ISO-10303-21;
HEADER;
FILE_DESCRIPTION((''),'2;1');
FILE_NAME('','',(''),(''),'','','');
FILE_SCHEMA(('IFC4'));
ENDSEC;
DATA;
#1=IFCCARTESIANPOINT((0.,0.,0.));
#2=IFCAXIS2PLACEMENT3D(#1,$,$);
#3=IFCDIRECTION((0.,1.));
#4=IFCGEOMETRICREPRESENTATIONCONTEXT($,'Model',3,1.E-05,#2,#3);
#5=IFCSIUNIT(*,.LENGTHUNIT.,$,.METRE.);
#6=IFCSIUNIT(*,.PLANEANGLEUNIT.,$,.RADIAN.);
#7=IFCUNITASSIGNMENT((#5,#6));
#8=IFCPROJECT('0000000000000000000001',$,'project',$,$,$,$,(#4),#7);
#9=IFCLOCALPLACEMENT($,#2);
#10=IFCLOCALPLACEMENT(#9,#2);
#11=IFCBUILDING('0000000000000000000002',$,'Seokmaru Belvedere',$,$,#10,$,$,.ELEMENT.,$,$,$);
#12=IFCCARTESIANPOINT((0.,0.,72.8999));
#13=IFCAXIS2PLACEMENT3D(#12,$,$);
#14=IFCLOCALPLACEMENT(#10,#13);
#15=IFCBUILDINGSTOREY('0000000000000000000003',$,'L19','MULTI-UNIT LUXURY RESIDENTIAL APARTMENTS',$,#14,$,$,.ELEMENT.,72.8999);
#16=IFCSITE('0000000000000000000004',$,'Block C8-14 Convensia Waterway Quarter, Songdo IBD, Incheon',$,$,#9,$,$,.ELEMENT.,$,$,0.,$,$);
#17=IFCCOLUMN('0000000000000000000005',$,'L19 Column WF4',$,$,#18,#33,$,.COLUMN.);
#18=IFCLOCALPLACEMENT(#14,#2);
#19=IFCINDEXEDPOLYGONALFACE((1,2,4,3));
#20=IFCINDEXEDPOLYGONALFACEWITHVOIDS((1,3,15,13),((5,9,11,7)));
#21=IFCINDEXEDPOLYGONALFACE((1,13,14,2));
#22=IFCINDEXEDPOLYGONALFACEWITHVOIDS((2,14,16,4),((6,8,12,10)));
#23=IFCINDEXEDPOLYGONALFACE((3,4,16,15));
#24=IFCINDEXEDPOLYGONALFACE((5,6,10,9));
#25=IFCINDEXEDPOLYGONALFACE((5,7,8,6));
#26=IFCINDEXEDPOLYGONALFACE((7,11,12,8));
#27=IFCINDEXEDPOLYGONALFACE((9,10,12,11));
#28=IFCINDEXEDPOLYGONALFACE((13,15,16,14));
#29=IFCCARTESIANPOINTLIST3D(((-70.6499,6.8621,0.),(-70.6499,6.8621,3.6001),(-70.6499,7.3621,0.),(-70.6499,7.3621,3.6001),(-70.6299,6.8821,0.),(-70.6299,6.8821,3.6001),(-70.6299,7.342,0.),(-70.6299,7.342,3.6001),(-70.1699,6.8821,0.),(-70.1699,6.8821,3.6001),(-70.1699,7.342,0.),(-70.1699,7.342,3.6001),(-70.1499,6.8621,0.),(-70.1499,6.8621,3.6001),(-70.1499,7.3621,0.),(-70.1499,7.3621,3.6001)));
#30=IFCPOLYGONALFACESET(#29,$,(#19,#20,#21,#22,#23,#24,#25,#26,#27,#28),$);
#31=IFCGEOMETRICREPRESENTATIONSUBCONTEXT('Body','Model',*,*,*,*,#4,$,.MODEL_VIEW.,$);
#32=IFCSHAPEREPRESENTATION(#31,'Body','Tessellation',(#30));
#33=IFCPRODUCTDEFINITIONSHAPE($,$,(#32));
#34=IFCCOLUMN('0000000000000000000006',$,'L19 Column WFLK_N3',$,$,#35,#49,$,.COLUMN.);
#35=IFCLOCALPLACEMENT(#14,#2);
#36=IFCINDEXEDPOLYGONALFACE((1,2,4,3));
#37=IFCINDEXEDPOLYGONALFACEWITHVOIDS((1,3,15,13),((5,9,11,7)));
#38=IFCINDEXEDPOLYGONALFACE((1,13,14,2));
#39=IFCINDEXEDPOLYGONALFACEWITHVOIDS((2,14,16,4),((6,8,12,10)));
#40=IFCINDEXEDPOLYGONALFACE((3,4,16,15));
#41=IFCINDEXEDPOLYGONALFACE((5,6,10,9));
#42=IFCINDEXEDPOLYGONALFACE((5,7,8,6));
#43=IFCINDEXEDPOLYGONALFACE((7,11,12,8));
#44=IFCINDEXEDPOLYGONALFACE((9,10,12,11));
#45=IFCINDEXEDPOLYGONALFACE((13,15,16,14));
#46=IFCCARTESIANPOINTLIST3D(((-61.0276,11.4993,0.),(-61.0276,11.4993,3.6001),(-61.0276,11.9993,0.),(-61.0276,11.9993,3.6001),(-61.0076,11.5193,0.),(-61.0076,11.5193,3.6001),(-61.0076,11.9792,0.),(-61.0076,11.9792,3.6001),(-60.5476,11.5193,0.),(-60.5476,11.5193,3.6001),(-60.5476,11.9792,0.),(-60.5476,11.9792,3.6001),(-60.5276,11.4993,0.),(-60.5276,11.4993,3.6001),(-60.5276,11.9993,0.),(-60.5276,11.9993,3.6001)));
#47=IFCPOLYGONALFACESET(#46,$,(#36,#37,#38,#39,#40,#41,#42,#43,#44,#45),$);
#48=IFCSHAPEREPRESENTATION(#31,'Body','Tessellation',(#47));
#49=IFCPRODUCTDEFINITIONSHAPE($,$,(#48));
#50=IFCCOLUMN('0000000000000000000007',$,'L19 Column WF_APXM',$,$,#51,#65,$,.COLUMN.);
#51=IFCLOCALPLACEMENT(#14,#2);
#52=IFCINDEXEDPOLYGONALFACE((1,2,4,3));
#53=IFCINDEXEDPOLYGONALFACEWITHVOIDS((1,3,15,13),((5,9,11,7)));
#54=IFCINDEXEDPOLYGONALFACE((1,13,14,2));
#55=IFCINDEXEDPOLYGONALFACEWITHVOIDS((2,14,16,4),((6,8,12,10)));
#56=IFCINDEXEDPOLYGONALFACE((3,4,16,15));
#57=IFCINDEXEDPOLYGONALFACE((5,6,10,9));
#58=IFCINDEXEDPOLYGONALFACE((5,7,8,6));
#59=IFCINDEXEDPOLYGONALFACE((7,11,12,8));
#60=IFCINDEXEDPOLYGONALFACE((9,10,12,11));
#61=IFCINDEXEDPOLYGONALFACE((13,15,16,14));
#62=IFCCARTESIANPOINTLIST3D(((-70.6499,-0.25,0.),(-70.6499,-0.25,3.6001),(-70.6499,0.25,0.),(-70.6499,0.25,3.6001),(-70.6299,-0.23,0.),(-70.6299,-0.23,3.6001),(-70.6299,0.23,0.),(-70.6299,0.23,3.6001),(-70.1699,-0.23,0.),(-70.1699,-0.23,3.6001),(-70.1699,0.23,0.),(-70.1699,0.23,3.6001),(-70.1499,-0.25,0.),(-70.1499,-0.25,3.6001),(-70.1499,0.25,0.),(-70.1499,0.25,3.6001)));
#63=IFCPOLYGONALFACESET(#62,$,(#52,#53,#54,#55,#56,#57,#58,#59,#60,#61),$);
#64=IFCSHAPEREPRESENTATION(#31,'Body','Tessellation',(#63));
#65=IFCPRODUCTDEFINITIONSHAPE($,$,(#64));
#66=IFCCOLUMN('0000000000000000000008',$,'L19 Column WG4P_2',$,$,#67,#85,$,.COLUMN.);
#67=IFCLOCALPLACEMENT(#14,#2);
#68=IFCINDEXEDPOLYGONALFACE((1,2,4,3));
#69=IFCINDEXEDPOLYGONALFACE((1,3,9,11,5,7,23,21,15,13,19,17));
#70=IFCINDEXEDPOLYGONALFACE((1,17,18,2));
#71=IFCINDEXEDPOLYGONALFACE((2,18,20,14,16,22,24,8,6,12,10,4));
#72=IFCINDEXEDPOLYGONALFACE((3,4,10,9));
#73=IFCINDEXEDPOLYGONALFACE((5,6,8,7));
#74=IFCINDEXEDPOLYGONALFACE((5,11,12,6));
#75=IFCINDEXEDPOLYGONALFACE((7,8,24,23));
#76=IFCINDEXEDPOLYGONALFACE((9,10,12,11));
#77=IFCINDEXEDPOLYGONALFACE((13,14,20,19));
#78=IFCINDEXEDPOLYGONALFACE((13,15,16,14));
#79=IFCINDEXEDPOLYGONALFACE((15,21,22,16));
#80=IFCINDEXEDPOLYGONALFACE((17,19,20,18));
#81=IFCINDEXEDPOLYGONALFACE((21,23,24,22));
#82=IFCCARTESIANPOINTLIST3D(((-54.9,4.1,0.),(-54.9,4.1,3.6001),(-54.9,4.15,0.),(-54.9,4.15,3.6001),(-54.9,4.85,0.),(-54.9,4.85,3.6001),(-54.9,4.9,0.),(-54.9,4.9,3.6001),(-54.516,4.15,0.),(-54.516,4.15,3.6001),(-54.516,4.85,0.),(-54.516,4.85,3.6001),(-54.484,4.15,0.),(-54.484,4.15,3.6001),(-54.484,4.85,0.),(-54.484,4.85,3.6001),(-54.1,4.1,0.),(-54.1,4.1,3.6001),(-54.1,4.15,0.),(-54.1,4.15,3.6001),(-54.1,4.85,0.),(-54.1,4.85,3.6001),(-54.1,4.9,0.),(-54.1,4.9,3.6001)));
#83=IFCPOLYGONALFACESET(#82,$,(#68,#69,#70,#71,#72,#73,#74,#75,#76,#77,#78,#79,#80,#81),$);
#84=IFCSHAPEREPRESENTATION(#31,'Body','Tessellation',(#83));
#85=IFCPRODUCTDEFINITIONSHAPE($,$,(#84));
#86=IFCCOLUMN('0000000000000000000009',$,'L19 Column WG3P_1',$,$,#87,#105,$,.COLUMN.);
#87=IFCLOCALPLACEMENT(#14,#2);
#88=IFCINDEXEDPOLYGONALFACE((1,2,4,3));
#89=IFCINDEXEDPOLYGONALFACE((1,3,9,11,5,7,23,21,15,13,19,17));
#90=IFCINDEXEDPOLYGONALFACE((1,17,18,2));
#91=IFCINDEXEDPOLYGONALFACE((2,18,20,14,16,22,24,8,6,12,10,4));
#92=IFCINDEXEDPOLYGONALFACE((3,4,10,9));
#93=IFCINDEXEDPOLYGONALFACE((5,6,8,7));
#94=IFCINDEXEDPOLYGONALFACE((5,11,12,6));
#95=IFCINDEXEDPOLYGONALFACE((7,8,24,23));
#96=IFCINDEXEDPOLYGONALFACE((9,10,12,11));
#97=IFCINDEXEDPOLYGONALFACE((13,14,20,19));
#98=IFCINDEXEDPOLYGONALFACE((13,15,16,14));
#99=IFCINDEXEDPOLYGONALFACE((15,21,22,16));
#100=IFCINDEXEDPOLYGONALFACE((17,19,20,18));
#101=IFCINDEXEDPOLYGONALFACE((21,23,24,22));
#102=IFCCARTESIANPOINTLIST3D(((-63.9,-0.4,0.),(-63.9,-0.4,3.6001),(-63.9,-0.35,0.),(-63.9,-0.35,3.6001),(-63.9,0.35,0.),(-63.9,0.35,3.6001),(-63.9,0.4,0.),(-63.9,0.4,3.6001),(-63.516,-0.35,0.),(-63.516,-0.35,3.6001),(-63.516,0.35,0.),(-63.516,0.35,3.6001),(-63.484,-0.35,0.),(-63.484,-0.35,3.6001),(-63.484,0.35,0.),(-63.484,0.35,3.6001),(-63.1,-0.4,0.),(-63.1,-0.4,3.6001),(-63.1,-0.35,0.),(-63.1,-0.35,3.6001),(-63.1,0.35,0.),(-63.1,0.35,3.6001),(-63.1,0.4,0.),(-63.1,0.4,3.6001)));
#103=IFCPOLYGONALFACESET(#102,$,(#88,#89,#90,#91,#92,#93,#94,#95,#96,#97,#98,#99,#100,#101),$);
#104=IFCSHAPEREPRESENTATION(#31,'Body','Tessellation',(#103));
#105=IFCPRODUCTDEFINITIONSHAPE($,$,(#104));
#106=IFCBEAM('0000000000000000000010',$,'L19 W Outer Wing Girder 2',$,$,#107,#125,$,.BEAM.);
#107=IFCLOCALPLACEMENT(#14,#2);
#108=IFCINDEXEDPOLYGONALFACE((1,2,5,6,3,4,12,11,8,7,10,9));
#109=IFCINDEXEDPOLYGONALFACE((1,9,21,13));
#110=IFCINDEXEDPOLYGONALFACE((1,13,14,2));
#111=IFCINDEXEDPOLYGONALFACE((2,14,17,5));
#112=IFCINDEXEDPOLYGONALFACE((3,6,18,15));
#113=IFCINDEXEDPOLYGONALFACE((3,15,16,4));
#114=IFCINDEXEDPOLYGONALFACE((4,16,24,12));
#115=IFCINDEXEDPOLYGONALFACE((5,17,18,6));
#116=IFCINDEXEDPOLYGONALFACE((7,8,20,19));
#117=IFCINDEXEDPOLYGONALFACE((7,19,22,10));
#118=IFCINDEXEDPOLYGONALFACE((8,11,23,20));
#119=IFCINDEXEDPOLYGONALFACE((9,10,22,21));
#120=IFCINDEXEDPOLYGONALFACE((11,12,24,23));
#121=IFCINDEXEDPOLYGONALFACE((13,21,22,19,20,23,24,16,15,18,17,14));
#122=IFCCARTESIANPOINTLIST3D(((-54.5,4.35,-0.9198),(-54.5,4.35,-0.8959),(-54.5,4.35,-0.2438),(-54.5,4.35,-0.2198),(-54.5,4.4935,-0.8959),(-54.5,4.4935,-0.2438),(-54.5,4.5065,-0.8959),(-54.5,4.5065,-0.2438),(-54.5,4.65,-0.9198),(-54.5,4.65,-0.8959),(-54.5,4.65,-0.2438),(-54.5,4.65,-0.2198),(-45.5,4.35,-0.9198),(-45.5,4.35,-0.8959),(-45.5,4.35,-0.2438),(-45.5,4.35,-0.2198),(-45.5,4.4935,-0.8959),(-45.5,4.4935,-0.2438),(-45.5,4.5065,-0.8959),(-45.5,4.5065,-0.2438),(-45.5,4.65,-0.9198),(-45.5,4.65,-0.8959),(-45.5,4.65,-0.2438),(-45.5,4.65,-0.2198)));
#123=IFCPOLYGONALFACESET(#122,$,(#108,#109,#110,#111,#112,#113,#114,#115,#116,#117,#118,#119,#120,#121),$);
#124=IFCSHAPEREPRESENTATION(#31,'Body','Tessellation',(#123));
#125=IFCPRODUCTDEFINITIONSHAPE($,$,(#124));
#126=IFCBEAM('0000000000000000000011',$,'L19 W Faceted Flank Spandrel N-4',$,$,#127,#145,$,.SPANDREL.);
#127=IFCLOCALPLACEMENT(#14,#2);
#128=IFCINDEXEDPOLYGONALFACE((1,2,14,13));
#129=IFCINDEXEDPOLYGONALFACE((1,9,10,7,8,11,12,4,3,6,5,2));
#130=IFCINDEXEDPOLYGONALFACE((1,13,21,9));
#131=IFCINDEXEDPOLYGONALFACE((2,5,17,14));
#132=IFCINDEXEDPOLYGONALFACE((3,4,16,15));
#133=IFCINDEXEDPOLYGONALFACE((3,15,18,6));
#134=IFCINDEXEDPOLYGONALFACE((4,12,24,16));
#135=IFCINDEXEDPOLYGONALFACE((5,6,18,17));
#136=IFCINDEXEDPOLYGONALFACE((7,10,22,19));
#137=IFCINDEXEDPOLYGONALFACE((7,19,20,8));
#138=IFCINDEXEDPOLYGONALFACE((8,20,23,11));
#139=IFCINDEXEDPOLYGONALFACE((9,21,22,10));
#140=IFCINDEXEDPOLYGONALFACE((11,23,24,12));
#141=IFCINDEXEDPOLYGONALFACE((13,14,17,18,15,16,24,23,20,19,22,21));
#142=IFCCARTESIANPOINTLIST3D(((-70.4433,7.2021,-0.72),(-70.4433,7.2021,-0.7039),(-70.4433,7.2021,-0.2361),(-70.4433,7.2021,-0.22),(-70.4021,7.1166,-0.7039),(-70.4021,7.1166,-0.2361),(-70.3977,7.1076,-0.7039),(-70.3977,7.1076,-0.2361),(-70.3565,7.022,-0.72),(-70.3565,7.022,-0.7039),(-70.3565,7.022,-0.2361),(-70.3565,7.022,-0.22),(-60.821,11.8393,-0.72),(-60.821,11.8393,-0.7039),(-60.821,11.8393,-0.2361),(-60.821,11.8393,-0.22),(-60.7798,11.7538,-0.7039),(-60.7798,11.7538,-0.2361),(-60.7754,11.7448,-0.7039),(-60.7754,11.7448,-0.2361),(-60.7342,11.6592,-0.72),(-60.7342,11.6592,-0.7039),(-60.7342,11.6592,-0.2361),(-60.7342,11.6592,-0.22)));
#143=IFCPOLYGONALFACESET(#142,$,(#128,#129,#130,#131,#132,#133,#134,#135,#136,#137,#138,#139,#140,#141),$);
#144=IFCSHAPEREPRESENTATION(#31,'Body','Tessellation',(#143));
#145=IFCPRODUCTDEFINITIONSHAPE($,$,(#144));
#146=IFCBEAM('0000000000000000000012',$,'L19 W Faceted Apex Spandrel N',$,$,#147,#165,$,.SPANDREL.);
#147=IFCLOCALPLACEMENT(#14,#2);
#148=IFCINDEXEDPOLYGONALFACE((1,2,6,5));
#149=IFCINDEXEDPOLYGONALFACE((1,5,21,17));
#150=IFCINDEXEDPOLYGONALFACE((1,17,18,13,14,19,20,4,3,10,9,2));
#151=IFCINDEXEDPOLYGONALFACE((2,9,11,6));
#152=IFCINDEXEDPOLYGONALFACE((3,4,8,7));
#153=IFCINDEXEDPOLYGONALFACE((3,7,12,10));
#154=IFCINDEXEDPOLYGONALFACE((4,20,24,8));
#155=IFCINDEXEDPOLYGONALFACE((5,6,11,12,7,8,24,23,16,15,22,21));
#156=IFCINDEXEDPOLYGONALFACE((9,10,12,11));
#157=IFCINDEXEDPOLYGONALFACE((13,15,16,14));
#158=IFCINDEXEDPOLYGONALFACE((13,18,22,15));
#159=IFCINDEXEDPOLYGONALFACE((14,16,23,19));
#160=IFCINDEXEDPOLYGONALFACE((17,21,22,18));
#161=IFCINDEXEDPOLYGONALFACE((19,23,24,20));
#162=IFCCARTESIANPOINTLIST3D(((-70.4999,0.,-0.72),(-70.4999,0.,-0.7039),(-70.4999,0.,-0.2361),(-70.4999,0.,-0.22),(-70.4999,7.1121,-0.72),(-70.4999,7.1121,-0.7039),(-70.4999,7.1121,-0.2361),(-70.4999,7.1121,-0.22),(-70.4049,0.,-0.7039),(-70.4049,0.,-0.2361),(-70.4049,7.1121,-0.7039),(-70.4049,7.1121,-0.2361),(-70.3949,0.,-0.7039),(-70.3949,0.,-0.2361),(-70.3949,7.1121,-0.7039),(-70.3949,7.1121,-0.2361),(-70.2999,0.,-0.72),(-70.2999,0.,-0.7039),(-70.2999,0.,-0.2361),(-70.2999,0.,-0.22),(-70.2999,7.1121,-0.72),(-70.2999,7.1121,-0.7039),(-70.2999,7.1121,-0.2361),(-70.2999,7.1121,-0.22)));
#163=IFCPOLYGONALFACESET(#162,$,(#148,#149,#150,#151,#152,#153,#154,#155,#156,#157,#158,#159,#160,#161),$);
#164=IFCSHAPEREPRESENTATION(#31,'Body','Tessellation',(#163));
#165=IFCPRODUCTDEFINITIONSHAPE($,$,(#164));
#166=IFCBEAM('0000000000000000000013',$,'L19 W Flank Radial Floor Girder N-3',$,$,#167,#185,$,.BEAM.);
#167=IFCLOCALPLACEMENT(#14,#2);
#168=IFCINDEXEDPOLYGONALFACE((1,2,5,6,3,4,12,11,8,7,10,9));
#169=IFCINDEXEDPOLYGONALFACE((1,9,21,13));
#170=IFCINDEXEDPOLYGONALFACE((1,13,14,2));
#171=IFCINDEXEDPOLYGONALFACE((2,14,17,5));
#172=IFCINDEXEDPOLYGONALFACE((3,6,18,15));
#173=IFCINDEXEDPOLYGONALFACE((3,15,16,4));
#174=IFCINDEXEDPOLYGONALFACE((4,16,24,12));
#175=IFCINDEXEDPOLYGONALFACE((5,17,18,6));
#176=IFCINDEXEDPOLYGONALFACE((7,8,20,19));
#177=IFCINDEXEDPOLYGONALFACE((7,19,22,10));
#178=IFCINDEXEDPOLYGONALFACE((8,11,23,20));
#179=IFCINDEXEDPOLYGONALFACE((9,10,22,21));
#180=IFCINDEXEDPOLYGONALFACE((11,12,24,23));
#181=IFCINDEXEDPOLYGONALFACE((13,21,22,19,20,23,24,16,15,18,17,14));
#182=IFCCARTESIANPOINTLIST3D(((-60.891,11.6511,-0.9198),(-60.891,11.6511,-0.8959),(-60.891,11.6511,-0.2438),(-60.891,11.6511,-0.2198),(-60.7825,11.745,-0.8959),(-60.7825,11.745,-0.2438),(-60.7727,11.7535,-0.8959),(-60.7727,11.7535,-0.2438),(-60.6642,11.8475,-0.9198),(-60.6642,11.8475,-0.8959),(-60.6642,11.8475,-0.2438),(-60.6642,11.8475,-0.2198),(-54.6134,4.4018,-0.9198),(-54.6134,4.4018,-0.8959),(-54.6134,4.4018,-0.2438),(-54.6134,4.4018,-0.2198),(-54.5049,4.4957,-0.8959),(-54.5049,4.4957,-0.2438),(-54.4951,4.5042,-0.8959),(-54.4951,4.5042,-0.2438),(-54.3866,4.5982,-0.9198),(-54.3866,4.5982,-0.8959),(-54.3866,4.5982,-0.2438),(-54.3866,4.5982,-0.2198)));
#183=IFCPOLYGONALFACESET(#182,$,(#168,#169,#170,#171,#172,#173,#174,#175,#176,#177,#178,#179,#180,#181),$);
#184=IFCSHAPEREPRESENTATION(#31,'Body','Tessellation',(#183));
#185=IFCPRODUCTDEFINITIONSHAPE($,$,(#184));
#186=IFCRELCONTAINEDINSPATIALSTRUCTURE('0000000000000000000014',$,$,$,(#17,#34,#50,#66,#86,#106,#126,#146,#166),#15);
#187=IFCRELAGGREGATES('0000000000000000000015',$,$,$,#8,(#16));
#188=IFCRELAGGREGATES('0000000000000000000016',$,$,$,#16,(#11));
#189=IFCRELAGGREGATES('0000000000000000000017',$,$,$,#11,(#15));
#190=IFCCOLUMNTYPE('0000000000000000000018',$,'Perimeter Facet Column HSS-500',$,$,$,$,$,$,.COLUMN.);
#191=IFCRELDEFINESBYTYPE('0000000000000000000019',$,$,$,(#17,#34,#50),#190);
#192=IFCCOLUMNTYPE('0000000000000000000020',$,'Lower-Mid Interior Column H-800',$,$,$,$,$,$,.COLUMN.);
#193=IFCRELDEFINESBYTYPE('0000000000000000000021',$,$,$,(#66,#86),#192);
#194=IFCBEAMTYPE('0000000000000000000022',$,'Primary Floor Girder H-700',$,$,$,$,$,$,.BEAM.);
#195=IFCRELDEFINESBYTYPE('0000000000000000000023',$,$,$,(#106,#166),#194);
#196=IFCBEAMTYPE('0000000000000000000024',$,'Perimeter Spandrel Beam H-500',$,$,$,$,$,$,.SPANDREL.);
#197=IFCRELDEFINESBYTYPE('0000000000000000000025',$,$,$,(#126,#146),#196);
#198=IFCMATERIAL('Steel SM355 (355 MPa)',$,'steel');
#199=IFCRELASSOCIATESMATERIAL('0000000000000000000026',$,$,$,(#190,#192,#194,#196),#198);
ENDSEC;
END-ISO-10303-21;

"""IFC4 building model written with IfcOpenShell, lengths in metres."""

from ifc_helpers import new_model, si_unit, direction, frame, origin, origin_2d, place, context, subcontext, project, spatial, hollow_rectangle, i_section, extrude, source, transform, mapped, material, material_profile, profile_set, type_object, type_shapes, element, save


model = new_model("IFC4")

# Units and contexts
model_context = context("Model", 3, precision=1e-05, world=origin(), true_north=direction((0.0, 1.0)))
body_context = subcontext(model_context, "Body", "Model", "MODEL_VIEW")
ifc_project = project(units=[si_unit("LENGTHUNIT", "METRE"), si_unit("PLANEANGLEUNIT", "RADIAN")], contexts=[model_context])

# Site, building, storey
site_placement = place(None, origin())
site = spatial("IfcSite", under=ifc_project, at=site_placement, Name="Block C8-14 Convensia Waterway Quarter, Songdo IBD, Incheon", CompositionType="ELEMENT", RefElevation=0.0)
building_placement = place(site_placement, origin())
building = spatial("IfcBuilding", under=site, at=building_placement, Name="Seokmaru Belvedere", CompositionType="ELEMENT")
storey_placement = place(building_placement, frame((0.0, 0.0, 72.8999)))
storey = spatial("IfcBuildingStorey", under=building, at=storey_placement, Name="L19", Description="MULTI-UNIT LUXURY RESIDENTIAL APARTMENTS", CompositionType="ELEMENT", Elevation=72.8999)

# Columns
ifc_material_1 = material(Name="Steel SM355 (355 MPa)", Category="steel")
ifc_material_profile_1 = material_profile(ifc_material_1, hollow_rectangle(XDim=0.5, YDim=0.5, WallThickness=0.02, at=origin_2d()), Name="HSS-500x500x20")
ifc_profile_set_1 = profile_set([ifc_material_profile_1], Name="Steel SM355 (355 MPa)")
column_type_1 = type_object("IfcColumnType", Name="Perimeter Facet Column HSS-500", PredefinedType="COLUMN", material=ifc_profile_set_1)
shared_shape_1 = source(origin(), body_context, "Body", "SweptSolid", [
    extrude(hollow_rectangle(XDim=0.5, YDim=0.5, WallThickness=0.02, at=origin_2d()), origin(), (0.0, 0.0, 1.0), 3.6001),
])
type_shapes(column_type_1, [shared_shape_1])
for number, where, z_axis, x_axis, name in (
    (1, (-70.3999, 7.1121, 0.0), (0.0, 0.0, 1.0), (1.0, 0.0, 0.0), "L19 Column WF4"),
    (2, (-60.7776, 11.7493, 0.0), (0.0, 0.0, 1.0), (1.0, 0.0, 0.0), "L19 Column WFLK_N3"),
    (3, (-70.3999, 0.0, 0.0), (0.0, 0.0, 1.0), (1.0, 0.0, 0.0), "L19 Column WF_APXM"),
):
    element("IfcColumn", number, at=place(storey_placement, frame(where, z_axis=z_axis, x_axis=x_axis)), inside=storey, type_object=column_type_1, Name=name, PredefinedType="COLUMN", context=body_context, shape_type="MappedRepresentation", body=[
        mapped(shared_shape_1, transform((0.0, 0.0, 0.0), scale=1.0)),
    ])
ifc_material_profile_2 = material_profile(ifc_material_1, i_section(OverallWidth=0.8, OverallDepth=0.8, WebThickness=0.032, FlangeThickness=0.05, at=origin_2d()), Name="H-800x800x32x50")
ifc_profile_set_2 = profile_set([ifc_material_profile_2], Name="Steel SM355 (355 MPa)")
column_type_2 = type_object("IfcColumnType", Name="Lower-Mid Interior Column H-800", PredefinedType="COLUMN", material=ifc_profile_set_2)
shared_shape_2 = source(origin(), body_context, "Body", "SweptSolid", [
    extrude(i_section(OverallWidth=0.8, OverallDepth=0.8, WebThickness=0.032, FlangeThickness=0.05, at=origin_2d()), origin(), (0.0, 0.0, 1.0), 3.6001),
])
type_shapes(column_type_2, [shared_shape_2])
for number, where, z_axis, x_axis, name in (
    (4, (-54.5, 4.5, 0.0), (0.0, 0.0, 1.0), (1.0, 0.0, 0.0), "L19 Column WG4P_2"),
    (5, (-63.5, 0.0, 0.0), (0.0, 0.0, 1.0), (1.0, 0.0, 0.0), "L19 Column WG3P_1"),
):
    element("IfcColumn", number, at=place(storey_placement, frame(where, z_axis=z_axis, x_axis=x_axis)), inside=storey, type_object=column_type_2, Name=name, PredefinedType="COLUMN", context=body_context, shape_type="MappedRepresentation", body=[
        mapped(shared_shape_2, transform((0.0, 0.0, 0.0), scale=1.0)),
    ])

# Beams
ifc_material_profile_3 = material_profile(ifc_material_1, i_section(OverallWidth=0.3, OverallDepth=0.7, WebThickness=0.0129, FlangeThickness=0.0239, at=origin_2d()), Name="H-700x300x13x24")
ifc_profile_set_3 = profile_set([ifc_material_profile_3], Name="Steel SM355 (355 MPa)")
beam_type_1 = type_object("IfcBeamType", Name="Primary Floor Girder H-700", PredefinedType="BEAM", material=ifc_profile_set_3)
shared_shape_3 = source(origin(), body_context, "Body", "SweptSolid", [
    extrude(i_section(OverallWidth=0.3, OverallDepth=0.7, WebThickness=0.0129, FlangeThickness=0.0239, at=origin_2d()), origin(), (0.0, 0.0, 1.0), 9.0),
])
beam_1_placement = place(storey_placement, frame((-54.5, 4.5, -0.5698), z_axis=(1.0, 0.0, 0.0), x_axis=(0.0, 1.0, 0.0)))
element("IfcBeam", 6, at=beam_1_placement, inside=storey, type_object=beam_type_1, Name="L19 W Outer Wing Girder 2", PredefinedType="BEAM", context=body_context, shape_type="MappedRepresentation", body=[
    mapped(shared_shape_3, transform((0.0, 0.0, 0.0), scale=1.0)),
])
ifc_material_profile_4 = material_profile(ifc_material_1, i_section(OverallWidth=0.2, OverallDepth=0.5, WebThickness=0.01, FlangeThickness=0.0161, at=origin_2d()), Name="H-500x200x10x16")
ifc_profile_set_4 = profile_set([ifc_material_profile_4], Name="Steel SM355 (355 MPa)")
beam_type_2 = type_object("IfcBeamType", Name="Perimeter Spandrel Beam H-500", PredefinedType="SPANDREL", material=ifc_profile_set_4)
shared_shape_4 = source(origin(), body_context, "Body", "SweptSolid", [
    extrude(i_section(OverallWidth=0.2, OverallDepth=0.5, WebThickness=0.01, FlangeThickness=0.0161, at=origin_2d()), origin(), (0.0, 0.0, 1.0), 10.6814),
])
beam_2_placement = place(storey_placement, frame((-60.7776, 11.7493, -0.47), z_axis=(-0.900846, -0.434138, 0.0), x_axis=(0.434138, -0.900846, 0.0)))
element("IfcBeam", 7, at=beam_2_placement, inside=storey, type_object=beam_type_2, Name="L19 W Faceted Flank Spandrel N-4", PredefinedType="SPANDREL", context=body_context, shape_type="MappedRepresentation", body=[
    mapped(shared_shape_4, transform((0.0, 0.0, 0.0), scale=1.0)),
])
shared_shape_5 = source(origin(), body_context, "Body", "SweptSolid", [
    extrude(i_section(OverallWidth=0.2, OverallDepth=0.5, WebThickness=0.01, FlangeThickness=0.0161, at=origin_2d()), origin(), (0.0, 0.0, 1.0), 7.1121),
])
type_shapes(beam_type_2, [shared_shape_4, shared_shape_5])
beam_3_placement = place(storey_placement, frame((-70.3999, 0.0, -0.47), z_axis=(0.0, 1.0, 0.0), x_axis=(-1.0, 0.0, 0.0)))
element("IfcBeam", 8, at=beam_3_placement, inside=storey, type_object=beam_type_2, Name="L19 W Faceted Apex Spandrel N", PredefinedType="SPANDREL", context=body_context, shape_type="MappedRepresentation", body=[
    mapped(shared_shape_5, transform((0.0, 0.0, 0.0), scale=1.0)),
])
shared_shape_6 = source(origin(), body_context, "Body", "SweptSolid", [
    extrude(i_section(OverallWidth=0.3, OverallDepth=0.7, WebThickness=0.0129, FlangeThickness=0.0239, at=origin_2d()), origin(), (0.0, 0.0, 1.0), 9.5896),
])
beam_4_placement = place(storey_placement, frame((-60.7776, 11.7493, -0.5698), z_axis=(0.654626, -0.755953, 0.0), x_axis=(0.755953, 0.654626, 0.0)))
element("IfcBeam", 9, at=beam_4_placement, inside=storey, type_object=beam_type_1, Name="L19 W Flank Radial Floor Girder N-3", PredefinedType="BEAM", context=body_context, shape_type="MappedRepresentation", body=[
    mapped(shared_shape_6, transform((0.0, 0.0, 0.0), scale=1.0)),
])

save(model, "model.ifc")
